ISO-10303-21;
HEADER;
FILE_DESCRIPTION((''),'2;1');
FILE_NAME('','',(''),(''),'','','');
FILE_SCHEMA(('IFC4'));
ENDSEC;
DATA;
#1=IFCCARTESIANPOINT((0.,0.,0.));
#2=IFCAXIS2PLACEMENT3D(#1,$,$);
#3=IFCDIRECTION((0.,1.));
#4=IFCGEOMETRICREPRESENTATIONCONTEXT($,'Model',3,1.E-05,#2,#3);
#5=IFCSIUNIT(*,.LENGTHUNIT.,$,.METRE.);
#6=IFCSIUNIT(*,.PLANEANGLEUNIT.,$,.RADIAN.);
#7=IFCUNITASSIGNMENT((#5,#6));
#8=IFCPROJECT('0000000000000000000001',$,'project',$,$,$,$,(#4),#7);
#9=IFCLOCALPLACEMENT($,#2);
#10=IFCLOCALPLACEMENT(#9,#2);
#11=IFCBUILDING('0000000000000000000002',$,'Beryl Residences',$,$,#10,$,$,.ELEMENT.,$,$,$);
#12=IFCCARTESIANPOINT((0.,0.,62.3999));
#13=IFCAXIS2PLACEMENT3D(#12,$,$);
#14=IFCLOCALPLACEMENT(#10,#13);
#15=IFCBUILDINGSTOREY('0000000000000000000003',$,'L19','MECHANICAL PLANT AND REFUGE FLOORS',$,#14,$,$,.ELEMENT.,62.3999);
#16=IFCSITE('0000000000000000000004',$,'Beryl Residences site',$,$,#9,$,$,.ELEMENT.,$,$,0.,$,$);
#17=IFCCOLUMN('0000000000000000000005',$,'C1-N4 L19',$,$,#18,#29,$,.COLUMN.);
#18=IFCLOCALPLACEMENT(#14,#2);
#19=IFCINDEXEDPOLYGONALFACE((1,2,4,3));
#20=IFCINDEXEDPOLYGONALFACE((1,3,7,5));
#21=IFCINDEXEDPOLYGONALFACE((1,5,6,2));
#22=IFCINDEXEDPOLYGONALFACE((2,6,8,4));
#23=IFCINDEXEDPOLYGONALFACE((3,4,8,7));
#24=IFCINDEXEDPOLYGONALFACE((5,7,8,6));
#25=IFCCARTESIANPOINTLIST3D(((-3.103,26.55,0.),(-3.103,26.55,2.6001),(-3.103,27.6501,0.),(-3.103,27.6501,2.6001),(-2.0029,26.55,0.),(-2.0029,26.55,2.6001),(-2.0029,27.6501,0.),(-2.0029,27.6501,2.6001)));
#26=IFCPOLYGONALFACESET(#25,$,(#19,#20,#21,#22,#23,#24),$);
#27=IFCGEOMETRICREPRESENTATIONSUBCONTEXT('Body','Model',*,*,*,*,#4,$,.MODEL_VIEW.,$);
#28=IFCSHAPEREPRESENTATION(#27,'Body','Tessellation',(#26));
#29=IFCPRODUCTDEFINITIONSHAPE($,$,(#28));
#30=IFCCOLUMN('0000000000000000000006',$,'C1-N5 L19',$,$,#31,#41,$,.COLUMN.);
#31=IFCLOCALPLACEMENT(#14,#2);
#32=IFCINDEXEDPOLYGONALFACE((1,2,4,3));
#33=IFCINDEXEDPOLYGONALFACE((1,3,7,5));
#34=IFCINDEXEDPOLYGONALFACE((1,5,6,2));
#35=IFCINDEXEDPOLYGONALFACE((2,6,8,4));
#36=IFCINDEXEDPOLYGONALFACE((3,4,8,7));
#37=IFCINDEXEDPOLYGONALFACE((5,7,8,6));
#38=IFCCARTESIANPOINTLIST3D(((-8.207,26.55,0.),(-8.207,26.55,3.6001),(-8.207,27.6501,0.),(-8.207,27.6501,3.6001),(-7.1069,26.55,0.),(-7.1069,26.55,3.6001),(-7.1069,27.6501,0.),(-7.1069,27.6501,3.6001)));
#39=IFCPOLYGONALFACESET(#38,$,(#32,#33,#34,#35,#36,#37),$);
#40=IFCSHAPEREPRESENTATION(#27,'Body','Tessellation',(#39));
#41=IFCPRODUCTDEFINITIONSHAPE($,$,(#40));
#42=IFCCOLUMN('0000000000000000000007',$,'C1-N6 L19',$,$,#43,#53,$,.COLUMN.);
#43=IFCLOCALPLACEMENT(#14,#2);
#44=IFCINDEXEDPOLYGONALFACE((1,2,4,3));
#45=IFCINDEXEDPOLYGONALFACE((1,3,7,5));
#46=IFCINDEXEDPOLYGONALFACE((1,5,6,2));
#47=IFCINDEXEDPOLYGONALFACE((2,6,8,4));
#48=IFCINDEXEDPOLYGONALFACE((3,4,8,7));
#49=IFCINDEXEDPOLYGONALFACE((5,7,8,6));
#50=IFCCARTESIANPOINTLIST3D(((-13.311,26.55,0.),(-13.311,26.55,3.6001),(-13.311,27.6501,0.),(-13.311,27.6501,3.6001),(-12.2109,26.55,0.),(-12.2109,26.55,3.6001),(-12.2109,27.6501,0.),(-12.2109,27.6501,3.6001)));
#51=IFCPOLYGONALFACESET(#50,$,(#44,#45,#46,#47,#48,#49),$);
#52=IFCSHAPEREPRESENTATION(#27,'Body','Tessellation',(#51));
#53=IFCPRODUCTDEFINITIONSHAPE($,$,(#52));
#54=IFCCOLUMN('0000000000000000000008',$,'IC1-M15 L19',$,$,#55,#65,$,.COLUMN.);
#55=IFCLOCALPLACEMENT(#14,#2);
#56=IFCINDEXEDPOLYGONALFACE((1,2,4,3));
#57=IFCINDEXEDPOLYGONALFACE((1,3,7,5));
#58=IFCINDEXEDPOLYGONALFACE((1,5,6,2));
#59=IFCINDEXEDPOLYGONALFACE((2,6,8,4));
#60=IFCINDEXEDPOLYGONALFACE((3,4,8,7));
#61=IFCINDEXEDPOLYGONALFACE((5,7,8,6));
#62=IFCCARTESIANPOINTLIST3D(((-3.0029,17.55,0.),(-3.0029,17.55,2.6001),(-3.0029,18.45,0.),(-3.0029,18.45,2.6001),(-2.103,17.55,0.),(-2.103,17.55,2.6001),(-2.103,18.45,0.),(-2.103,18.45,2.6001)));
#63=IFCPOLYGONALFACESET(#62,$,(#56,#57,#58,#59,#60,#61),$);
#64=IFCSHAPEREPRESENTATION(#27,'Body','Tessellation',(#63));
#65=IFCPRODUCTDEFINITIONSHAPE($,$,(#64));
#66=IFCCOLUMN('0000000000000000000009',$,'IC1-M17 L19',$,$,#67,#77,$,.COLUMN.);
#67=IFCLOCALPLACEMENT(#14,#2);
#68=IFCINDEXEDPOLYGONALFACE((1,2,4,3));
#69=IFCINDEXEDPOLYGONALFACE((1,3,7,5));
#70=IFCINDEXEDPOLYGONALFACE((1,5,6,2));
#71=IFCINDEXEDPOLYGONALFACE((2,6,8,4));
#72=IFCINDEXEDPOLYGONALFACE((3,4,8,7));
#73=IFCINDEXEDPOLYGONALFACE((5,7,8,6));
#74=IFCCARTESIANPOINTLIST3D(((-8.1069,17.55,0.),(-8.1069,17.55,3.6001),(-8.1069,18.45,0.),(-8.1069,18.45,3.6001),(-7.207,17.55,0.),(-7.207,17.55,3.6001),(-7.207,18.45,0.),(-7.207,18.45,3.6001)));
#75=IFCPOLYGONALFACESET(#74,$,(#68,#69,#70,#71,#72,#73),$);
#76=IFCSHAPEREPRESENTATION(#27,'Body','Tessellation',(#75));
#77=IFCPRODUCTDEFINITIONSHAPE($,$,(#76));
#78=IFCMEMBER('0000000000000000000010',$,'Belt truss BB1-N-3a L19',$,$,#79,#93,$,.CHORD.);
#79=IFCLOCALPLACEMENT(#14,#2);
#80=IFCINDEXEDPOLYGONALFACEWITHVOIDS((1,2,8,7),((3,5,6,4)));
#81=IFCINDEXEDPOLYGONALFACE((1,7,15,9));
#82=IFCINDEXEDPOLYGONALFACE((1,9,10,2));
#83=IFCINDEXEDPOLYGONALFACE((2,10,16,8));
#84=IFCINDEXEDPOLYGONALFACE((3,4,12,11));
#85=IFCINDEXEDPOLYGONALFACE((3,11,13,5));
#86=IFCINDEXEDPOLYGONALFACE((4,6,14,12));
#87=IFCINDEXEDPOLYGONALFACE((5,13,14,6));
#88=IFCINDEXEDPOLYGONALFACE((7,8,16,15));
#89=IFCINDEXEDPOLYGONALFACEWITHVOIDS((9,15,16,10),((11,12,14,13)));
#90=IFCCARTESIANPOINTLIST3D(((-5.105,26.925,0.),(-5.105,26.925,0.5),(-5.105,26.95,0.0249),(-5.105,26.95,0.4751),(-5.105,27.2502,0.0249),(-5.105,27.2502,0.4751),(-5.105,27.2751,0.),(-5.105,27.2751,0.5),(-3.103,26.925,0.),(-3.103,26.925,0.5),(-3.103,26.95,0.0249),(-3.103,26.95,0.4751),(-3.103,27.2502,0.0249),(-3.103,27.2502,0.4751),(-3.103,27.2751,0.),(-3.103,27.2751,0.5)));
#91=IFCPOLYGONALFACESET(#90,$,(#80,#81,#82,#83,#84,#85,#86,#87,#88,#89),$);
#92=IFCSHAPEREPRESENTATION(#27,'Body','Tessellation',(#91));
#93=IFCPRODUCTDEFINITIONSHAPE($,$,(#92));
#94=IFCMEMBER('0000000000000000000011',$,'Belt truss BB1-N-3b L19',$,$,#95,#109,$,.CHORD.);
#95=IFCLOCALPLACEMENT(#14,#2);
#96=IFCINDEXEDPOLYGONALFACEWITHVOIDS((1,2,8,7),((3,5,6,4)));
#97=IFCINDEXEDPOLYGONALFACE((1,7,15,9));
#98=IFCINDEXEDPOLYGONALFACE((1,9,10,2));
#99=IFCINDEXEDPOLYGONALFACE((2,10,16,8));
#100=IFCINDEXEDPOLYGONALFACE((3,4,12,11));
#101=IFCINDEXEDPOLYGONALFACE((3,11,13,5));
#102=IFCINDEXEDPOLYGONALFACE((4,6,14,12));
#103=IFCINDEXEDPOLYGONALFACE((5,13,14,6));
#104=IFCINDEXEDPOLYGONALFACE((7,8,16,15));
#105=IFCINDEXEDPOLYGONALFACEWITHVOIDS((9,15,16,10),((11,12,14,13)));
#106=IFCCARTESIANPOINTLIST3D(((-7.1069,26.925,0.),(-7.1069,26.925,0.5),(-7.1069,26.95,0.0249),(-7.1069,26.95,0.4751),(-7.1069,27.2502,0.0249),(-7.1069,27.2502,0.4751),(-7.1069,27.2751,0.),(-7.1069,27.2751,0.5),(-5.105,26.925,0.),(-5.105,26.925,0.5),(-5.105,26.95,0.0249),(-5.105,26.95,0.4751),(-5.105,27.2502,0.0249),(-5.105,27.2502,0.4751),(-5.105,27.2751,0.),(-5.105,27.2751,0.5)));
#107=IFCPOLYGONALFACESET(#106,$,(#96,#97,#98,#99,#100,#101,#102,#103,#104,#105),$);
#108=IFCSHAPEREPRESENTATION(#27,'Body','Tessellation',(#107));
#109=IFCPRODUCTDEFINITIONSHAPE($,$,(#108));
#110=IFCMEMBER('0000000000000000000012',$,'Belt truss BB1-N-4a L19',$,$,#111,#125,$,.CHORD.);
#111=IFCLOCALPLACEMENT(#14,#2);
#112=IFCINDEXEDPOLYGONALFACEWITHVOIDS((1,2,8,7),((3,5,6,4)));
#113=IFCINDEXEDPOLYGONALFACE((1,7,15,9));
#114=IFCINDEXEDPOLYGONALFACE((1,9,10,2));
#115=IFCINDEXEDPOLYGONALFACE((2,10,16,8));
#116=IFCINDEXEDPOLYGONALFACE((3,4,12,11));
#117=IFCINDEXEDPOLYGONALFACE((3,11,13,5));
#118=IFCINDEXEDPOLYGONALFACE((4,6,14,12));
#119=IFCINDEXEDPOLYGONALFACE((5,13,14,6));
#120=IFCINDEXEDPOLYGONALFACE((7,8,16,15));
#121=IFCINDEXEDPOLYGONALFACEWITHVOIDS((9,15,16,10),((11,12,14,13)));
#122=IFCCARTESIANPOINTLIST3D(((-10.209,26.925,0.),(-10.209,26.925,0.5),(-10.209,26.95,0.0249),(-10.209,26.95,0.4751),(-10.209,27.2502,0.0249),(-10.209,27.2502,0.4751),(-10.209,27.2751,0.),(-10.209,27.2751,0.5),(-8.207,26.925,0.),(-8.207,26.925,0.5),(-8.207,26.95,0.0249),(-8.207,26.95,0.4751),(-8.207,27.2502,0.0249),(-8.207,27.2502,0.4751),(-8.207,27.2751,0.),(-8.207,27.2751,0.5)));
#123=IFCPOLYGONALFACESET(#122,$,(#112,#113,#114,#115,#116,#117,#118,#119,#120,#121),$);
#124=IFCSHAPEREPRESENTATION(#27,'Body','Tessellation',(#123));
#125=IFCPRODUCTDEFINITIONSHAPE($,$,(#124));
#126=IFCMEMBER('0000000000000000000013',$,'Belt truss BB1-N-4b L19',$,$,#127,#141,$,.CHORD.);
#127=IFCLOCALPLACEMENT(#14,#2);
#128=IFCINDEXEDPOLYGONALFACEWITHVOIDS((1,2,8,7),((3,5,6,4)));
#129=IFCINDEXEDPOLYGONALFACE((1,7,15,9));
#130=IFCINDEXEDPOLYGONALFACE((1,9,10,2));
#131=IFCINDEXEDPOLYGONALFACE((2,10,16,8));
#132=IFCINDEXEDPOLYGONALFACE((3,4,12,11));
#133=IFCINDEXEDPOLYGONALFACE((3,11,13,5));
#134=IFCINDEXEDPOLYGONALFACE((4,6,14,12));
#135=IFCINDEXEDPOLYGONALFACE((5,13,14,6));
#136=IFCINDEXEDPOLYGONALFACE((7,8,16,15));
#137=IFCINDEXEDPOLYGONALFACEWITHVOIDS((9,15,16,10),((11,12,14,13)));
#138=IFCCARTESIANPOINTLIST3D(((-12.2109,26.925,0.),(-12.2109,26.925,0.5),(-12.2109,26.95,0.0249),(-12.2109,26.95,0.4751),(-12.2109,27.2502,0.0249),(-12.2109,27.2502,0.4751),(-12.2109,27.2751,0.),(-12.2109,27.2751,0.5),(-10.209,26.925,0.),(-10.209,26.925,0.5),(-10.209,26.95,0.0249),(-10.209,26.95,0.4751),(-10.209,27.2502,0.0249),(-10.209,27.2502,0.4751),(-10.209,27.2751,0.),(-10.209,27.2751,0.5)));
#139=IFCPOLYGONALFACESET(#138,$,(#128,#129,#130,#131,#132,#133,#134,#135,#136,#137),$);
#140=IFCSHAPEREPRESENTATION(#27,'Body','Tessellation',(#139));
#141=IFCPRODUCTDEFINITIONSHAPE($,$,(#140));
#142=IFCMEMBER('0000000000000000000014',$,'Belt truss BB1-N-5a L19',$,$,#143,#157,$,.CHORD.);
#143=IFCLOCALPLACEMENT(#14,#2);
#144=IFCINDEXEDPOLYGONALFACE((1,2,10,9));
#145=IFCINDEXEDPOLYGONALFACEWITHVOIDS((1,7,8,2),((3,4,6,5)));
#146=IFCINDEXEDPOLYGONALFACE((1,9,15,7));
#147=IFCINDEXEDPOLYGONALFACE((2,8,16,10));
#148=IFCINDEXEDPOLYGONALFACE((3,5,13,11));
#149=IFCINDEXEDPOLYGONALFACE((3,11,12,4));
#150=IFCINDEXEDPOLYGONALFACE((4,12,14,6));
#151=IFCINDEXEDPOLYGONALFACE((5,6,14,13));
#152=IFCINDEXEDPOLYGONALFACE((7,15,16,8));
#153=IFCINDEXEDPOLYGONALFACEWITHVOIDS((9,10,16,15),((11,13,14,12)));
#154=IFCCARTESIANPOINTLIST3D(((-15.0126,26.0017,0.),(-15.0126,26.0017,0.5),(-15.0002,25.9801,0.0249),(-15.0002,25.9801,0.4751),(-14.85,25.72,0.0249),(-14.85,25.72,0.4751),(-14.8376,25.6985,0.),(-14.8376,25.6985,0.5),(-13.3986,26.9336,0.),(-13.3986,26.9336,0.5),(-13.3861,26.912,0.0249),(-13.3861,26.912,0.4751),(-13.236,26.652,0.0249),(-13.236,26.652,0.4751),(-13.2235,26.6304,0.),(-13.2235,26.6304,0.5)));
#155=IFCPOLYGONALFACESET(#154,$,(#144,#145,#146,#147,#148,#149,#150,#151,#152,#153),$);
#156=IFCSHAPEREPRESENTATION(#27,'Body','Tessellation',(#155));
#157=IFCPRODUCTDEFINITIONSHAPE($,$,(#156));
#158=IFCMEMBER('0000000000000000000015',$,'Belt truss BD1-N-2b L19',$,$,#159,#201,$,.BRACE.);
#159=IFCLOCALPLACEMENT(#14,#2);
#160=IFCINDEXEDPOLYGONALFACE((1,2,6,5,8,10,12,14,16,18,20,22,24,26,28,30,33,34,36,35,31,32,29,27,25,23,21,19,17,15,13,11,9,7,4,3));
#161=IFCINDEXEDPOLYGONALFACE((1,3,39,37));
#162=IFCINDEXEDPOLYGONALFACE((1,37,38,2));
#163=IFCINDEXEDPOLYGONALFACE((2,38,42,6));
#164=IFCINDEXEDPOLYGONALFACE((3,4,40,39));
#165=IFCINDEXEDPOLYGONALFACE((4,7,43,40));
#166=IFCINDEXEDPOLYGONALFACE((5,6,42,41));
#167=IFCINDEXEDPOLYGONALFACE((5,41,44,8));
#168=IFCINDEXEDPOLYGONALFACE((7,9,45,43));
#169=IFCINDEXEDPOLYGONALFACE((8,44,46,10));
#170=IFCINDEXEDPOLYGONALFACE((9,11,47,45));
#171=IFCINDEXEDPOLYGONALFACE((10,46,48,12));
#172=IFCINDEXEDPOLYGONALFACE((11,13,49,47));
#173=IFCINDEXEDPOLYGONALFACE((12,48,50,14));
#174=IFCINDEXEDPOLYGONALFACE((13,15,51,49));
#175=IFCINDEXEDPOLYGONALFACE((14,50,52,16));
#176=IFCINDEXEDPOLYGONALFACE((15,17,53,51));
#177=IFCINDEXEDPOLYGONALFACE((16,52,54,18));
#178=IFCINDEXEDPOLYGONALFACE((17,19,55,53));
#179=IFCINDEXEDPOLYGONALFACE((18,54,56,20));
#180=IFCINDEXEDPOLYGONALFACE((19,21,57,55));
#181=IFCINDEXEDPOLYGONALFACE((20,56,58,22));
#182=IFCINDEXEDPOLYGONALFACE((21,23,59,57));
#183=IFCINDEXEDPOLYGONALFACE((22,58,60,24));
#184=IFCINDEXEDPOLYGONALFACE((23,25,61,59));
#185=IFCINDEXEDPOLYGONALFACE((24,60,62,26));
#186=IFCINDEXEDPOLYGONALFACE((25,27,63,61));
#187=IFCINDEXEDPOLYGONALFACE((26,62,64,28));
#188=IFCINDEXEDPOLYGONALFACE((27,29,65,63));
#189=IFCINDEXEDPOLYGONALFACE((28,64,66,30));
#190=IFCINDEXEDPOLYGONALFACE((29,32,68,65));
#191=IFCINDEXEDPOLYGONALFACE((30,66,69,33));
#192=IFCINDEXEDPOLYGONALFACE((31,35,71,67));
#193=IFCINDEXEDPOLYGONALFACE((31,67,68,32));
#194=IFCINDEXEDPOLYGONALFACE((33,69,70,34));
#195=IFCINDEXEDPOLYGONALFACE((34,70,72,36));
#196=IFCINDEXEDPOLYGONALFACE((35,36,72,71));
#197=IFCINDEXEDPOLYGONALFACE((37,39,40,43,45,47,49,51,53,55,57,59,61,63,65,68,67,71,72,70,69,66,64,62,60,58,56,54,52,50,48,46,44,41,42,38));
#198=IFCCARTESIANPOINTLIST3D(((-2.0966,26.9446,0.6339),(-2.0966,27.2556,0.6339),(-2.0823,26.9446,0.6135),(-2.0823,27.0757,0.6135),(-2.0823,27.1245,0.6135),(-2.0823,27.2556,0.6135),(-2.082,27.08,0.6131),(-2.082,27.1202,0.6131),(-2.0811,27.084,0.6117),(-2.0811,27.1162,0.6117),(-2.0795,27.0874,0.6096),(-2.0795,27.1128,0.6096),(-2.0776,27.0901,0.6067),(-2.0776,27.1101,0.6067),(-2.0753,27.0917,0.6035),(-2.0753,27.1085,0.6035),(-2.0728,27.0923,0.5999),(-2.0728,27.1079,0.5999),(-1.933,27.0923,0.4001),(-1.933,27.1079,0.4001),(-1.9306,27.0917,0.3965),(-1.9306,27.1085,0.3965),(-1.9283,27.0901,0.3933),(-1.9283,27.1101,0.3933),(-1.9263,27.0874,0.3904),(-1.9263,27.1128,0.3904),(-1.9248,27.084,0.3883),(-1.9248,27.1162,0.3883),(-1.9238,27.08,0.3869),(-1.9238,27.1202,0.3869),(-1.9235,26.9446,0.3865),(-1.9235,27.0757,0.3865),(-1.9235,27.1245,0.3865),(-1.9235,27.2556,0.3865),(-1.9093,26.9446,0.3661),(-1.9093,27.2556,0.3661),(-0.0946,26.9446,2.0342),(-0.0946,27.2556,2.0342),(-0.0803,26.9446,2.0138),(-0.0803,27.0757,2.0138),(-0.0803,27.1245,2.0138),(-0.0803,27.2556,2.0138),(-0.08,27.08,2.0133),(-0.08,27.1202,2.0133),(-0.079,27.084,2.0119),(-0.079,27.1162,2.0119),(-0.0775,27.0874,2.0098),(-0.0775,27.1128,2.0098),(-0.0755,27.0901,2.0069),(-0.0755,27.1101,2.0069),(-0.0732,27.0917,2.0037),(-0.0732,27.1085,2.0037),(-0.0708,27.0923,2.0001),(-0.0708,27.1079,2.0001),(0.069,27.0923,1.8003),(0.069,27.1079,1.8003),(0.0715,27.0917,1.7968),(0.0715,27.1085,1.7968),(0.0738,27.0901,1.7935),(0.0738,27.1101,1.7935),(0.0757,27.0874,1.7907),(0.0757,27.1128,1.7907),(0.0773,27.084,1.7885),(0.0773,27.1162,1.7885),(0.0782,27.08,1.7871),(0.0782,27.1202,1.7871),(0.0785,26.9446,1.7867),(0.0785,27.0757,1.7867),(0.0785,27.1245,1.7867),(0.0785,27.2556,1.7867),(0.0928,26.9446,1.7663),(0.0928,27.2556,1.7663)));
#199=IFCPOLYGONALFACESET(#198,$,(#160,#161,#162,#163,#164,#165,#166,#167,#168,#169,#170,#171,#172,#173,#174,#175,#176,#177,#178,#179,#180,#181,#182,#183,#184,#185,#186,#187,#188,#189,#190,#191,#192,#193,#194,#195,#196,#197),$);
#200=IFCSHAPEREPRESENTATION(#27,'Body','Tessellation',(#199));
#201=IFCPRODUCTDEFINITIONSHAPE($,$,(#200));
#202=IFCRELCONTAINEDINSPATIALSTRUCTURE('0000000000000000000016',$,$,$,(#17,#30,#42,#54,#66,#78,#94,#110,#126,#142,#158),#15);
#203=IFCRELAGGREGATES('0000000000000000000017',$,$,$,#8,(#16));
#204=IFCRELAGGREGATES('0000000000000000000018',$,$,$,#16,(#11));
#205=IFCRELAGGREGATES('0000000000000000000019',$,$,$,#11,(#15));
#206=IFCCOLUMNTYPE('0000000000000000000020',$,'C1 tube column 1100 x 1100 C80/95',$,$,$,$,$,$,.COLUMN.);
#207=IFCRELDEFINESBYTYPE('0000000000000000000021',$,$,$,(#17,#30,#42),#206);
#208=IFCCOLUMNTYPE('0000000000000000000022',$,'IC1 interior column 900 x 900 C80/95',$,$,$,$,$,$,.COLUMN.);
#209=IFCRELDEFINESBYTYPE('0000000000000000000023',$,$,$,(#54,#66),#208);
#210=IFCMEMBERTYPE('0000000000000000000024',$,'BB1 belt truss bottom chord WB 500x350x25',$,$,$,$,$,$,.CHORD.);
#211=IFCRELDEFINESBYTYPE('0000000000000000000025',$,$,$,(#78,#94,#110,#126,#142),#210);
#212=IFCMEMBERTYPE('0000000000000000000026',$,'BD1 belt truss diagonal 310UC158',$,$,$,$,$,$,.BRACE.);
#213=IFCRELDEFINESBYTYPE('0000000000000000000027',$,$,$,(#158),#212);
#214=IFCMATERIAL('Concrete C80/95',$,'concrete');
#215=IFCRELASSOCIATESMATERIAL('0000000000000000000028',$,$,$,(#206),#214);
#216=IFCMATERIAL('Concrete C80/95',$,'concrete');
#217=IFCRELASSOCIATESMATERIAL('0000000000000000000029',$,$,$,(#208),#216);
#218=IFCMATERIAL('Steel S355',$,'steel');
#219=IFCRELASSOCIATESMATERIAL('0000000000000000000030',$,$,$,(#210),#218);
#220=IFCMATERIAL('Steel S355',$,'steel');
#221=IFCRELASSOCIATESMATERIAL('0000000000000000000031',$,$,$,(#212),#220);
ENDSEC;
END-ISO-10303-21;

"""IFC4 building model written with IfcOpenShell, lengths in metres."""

from ifc_helpers import new_model, si_unit, direction, frame, origin, origin_2d, place, context, subcontext, project, spatial, rectangle, hollow_rectangle, i_section, extrude, material, material_profile, profile_set, type_object, element, save


model = new_model("IFC4")

# Units and contexts
model_context = context("Model", 3, precision=1e-05, world=origin(), true_north=direction((0.0, 1.0)))
body_context = subcontext(model_context, "Body", "Model", "MODEL_VIEW")
ifc_project = project(units=[si_unit("LENGTHUNIT", "METRE"), si_unit("PLANEANGLEUNIT", "RADIAN")], contexts=[model_context])

# Site, building, storey
site_placement = place(None, origin())
site = spatial("IfcSite", under=ifc_project, at=site_placement, Name="Beryl Residences site", CompositionType="ELEMENT", RefElevation=0.0)
building_placement = place(site_placement, origin())
building = spatial("IfcBuilding", under=site, at=building_placement, Name="Beryl Residences", CompositionType="ELEMENT")
storey_placement = place(building_placement, frame((0.0, 0.0, 62.3999)))
storey = spatial("IfcBuildingStorey", under=building, at=storey_placement, Name="L19", Description="MECHANICAL PLANT AND REFUGE FLOORS", CompositionType="ELEMENT", Elevation=62.3999)

# Columns
ifc_material_1 = material(Name="Concrete C80/95", Category="concrete")
ifc_material_profile_1 = material_profile(ifc_material_1, rectangle(XDim=1.1001, YDim=1.1001, at=origin_2d()))
ifc_profile_set_1 = profile_set([ifc_material_profile_1], Name="Concrete C80/95")
column_type_1 = type_object("IfcColumnType", Name="C1 tube column 1100 x 1100 C80/95", PredefinedType="COLUMN", material=ifc_profile_set_1)
column_1_placement = place(storey_placement, frame((-2.553, 27.1001, 0.0), z_axis=(0.0, 0.0, 1.0), x_axis=(-1.0, 0.0, 0.0)))
element("IfcColumn", 1, at=column_1_placement, inside=storey, type_object=column_type_1, Name="C1-N4 L19", PredefinedType="COLUMN", context=body_context, shape_type="SweptSolid", body=[
    extrude(rectangle(XDim=1.1001, YDim=1.1001, at=origin_2d()), origin(), (0.0, 0.0, 1.0), 2.6001),
])
for number, where, z_axis, x_axis, name in (
    (2, (-7.657, 27.1001, 0.0), (0.0, 0.0, 1.0), (-1.0, 0.0, 0.0), "C1-N5 L19"),
    (3, (-12.761, 27.1001, 0.0), (0.0, 0.0, 1.0), (-1.0, 0.0, 0.0), "C1-N6 L19"),
):
    element("IfcColumn", number, at=place(storey_placement, frame(where, z_axis=z_axis, x_axis=x_axis)), inside=storey, type_object=column_type_1, Name=name, PredefinedType="COLUMN", context=body_context, shape_type="SweptSolid", body=[
        extrude(rectangle(XDim=1.1001, YDim=1.1001, at=origin_2d()), origin(), (0.0, 0.0, 1.0), 3.6001),
    ])
ifc_material_2 = material(Name="Concrete C80/95", Category="concrete")
ifc_material_profile_2 = material_profile(ifc_material_2, rectangle(XDim=0.8999, YDim=0.8999, at=origin_2d()))
ifc_profile_set_2 = profile_set([ifc_material_profile_2], Name="Concrete C80/95")
column_type_2 = type_object("IfcColumnType", Name="IC1 interior column 900 x 900 C80/95", PredefinedType="COLUMN", material=ifc_profile_set_2)
column_2_placement = place(storey_placement, frame((-2.553, 18.0, 0.0), z_axis=(0.0, 0.0, 1.0), x_axis=(-1.0, 0.0, 0.0)))
element("IfcColumn", 4, at=column_2_placement, inside=storey, type_object=column_type_2, Name="IC1-M15 L19", PredefinedType="COLUMN", context=body_context, shape_type="SweptSolid", body=[
    extrude(rectangle(XDim=0.8999, YDim=0.8999, at=origin_2d()), origin(), (0.0, 0.0, 1.0), 2.6001),
])
column_3_placement = place(storey_placement, frame((-7.657, 18.0, 0.0), z_axis=(0.0, 0.0, 1.0), x_axis=(-1.0, 0.0, 0.0)))
element("IfcColumn", 5, at=column_3_placement, inside=storey, type_object=column_type_2, Name="IC1-M17 L19", PredefinedType="COLUMN", context=body_context, shape_type="SweptSolid", body=[
    extrude(rectangle(XDim=0.8999, YDim=0.8999, at=origin_2d()), origin(), (0.0, 0.0, 1.0), 3.6001),
])

# Members
ifc_material_3 = material(Name="Steel S355", Category="steel")
ifc_material_profile_3 = material_profile(ifc_material_3, hollow_rectangle(XDim=0.3501, YDim=0.5, WallThickness=0.0249, at=origin_2d()))
ifc_profile_set_3 = profile_set([ifc_material_profile_3], Name="Steel S355")
member_type_1 = type_object("IfcMemberType", Name="BB1 belt truss bottom chord WB 500x350x25", PredefinedType="CHORD", material=ifc_profile_set_3)
for number, where, z_axis, x_axis, name in (
    (6, (-3.103, 27.1001, 0.25), (-1.0, 0.0, 0.0), (0.0, -1.0, 0.0), "Belt truss BB1-N-3a L19"),
    (7, (-5.105, 27.1001, 0.25), (-1.0, 0.0, 0.0), (0.0, -1.0, 0.0), "Belt truss BB1-N-3b L19"),
    (8, (-8.207, 27.1001, 0.25), (-1.0, 0.0, 0.0), (0.0, -1.0, 0.0), "Belt truss BB1-N-4a L19"),
    (9, (-10.209, 27.1001, 0.25), (-1.0, 0.0, 0.0), (0.0, -1.0, 0.0), "Belt truss BB1-N-4b L19"),
):
    element("IfcMember", number, at=place(storey_placement, frame(where, z_axis=z_axis, x_axis=x_axis)), inside=storey, type_object=member_type_1, Name=name, PredefinedType="CHORD", context=body_context, shape_type="SweptSolid", body=[
        extrude(hollow_rectangle(XDim=0.3501, YDim=0.5, WallThickness=0.0249, at=origin_2d()), origin(), (0.0, 0.0, 1.0), 2.002),
    ])
member_1_placement = place(storey_placement, frame((-13.311, 26.782, 0.25), z_axis=(-0.866018, -0.500013, 0.0), x_axis=(0.500013, -0.866018, 0.0)))
element("IfcMember", 10, at=member_1_placement, inside=storey, type_object=member_type_1, Name="Belt truss BB1-N-5a L19", PredefinedType="CHORD", context=body_context, shape_type="SweptSolid", body=[
    extrude(hollow_rectangle(XDim=0.3501, YDim=0.5, WallThickness=0.0249, at=origin_2d()), origin(), (0.0, 0.0, 1.0), 1.8638),
])
ifc_material_4 = material(Name="Steel S355", Category="steel")
ifc_material_profile_4 = material_profile(ifc_material_4, i_section(OverallWidth=0.311, OverallDepth=0.3269, WebThickness=0.0156, FlangeThickness=0.0249, FilletRadius=0.0166, at=origin_2d()))
ifc_profile_set_4 = profile_set([ifc_material_profile_4], Name="Steel S355")
member_type_2 = type_object("IfcMemberType", Name="BD1 belt truss diagonal 310UC158", PredefinedType="BRACE", material=ifc_profile_set_4)
for number, where, z_axis, x_axis, name in (
    (11, (-2.0029, 27.1001, 0.5), (0.819467, 0.0, 0.573127), (0.0, 1.0, 0.0), "Belt truss BD1-N-2b L19"),
):
    element("IfcMember", number, at=place(storey_placement, frame(where, z_axis=z_axis, x_axis=x_axis)), inside=storey, type_object=member_type_2, Name=name, PredefinedType="BRACE", context=body_context, shape_type="SweptSolid", body=[
        extrude(i_section(OverallWidth=0.311, OverallDepth=0.3269, WebThickness=0.0156, FlangeThickness=0.0249, FilletRadius=0.0166, at=origin_2d()), origin(), (0.0, 0.0, 1.0), 2.4431),
    ])

save(model, "model.ifc")
